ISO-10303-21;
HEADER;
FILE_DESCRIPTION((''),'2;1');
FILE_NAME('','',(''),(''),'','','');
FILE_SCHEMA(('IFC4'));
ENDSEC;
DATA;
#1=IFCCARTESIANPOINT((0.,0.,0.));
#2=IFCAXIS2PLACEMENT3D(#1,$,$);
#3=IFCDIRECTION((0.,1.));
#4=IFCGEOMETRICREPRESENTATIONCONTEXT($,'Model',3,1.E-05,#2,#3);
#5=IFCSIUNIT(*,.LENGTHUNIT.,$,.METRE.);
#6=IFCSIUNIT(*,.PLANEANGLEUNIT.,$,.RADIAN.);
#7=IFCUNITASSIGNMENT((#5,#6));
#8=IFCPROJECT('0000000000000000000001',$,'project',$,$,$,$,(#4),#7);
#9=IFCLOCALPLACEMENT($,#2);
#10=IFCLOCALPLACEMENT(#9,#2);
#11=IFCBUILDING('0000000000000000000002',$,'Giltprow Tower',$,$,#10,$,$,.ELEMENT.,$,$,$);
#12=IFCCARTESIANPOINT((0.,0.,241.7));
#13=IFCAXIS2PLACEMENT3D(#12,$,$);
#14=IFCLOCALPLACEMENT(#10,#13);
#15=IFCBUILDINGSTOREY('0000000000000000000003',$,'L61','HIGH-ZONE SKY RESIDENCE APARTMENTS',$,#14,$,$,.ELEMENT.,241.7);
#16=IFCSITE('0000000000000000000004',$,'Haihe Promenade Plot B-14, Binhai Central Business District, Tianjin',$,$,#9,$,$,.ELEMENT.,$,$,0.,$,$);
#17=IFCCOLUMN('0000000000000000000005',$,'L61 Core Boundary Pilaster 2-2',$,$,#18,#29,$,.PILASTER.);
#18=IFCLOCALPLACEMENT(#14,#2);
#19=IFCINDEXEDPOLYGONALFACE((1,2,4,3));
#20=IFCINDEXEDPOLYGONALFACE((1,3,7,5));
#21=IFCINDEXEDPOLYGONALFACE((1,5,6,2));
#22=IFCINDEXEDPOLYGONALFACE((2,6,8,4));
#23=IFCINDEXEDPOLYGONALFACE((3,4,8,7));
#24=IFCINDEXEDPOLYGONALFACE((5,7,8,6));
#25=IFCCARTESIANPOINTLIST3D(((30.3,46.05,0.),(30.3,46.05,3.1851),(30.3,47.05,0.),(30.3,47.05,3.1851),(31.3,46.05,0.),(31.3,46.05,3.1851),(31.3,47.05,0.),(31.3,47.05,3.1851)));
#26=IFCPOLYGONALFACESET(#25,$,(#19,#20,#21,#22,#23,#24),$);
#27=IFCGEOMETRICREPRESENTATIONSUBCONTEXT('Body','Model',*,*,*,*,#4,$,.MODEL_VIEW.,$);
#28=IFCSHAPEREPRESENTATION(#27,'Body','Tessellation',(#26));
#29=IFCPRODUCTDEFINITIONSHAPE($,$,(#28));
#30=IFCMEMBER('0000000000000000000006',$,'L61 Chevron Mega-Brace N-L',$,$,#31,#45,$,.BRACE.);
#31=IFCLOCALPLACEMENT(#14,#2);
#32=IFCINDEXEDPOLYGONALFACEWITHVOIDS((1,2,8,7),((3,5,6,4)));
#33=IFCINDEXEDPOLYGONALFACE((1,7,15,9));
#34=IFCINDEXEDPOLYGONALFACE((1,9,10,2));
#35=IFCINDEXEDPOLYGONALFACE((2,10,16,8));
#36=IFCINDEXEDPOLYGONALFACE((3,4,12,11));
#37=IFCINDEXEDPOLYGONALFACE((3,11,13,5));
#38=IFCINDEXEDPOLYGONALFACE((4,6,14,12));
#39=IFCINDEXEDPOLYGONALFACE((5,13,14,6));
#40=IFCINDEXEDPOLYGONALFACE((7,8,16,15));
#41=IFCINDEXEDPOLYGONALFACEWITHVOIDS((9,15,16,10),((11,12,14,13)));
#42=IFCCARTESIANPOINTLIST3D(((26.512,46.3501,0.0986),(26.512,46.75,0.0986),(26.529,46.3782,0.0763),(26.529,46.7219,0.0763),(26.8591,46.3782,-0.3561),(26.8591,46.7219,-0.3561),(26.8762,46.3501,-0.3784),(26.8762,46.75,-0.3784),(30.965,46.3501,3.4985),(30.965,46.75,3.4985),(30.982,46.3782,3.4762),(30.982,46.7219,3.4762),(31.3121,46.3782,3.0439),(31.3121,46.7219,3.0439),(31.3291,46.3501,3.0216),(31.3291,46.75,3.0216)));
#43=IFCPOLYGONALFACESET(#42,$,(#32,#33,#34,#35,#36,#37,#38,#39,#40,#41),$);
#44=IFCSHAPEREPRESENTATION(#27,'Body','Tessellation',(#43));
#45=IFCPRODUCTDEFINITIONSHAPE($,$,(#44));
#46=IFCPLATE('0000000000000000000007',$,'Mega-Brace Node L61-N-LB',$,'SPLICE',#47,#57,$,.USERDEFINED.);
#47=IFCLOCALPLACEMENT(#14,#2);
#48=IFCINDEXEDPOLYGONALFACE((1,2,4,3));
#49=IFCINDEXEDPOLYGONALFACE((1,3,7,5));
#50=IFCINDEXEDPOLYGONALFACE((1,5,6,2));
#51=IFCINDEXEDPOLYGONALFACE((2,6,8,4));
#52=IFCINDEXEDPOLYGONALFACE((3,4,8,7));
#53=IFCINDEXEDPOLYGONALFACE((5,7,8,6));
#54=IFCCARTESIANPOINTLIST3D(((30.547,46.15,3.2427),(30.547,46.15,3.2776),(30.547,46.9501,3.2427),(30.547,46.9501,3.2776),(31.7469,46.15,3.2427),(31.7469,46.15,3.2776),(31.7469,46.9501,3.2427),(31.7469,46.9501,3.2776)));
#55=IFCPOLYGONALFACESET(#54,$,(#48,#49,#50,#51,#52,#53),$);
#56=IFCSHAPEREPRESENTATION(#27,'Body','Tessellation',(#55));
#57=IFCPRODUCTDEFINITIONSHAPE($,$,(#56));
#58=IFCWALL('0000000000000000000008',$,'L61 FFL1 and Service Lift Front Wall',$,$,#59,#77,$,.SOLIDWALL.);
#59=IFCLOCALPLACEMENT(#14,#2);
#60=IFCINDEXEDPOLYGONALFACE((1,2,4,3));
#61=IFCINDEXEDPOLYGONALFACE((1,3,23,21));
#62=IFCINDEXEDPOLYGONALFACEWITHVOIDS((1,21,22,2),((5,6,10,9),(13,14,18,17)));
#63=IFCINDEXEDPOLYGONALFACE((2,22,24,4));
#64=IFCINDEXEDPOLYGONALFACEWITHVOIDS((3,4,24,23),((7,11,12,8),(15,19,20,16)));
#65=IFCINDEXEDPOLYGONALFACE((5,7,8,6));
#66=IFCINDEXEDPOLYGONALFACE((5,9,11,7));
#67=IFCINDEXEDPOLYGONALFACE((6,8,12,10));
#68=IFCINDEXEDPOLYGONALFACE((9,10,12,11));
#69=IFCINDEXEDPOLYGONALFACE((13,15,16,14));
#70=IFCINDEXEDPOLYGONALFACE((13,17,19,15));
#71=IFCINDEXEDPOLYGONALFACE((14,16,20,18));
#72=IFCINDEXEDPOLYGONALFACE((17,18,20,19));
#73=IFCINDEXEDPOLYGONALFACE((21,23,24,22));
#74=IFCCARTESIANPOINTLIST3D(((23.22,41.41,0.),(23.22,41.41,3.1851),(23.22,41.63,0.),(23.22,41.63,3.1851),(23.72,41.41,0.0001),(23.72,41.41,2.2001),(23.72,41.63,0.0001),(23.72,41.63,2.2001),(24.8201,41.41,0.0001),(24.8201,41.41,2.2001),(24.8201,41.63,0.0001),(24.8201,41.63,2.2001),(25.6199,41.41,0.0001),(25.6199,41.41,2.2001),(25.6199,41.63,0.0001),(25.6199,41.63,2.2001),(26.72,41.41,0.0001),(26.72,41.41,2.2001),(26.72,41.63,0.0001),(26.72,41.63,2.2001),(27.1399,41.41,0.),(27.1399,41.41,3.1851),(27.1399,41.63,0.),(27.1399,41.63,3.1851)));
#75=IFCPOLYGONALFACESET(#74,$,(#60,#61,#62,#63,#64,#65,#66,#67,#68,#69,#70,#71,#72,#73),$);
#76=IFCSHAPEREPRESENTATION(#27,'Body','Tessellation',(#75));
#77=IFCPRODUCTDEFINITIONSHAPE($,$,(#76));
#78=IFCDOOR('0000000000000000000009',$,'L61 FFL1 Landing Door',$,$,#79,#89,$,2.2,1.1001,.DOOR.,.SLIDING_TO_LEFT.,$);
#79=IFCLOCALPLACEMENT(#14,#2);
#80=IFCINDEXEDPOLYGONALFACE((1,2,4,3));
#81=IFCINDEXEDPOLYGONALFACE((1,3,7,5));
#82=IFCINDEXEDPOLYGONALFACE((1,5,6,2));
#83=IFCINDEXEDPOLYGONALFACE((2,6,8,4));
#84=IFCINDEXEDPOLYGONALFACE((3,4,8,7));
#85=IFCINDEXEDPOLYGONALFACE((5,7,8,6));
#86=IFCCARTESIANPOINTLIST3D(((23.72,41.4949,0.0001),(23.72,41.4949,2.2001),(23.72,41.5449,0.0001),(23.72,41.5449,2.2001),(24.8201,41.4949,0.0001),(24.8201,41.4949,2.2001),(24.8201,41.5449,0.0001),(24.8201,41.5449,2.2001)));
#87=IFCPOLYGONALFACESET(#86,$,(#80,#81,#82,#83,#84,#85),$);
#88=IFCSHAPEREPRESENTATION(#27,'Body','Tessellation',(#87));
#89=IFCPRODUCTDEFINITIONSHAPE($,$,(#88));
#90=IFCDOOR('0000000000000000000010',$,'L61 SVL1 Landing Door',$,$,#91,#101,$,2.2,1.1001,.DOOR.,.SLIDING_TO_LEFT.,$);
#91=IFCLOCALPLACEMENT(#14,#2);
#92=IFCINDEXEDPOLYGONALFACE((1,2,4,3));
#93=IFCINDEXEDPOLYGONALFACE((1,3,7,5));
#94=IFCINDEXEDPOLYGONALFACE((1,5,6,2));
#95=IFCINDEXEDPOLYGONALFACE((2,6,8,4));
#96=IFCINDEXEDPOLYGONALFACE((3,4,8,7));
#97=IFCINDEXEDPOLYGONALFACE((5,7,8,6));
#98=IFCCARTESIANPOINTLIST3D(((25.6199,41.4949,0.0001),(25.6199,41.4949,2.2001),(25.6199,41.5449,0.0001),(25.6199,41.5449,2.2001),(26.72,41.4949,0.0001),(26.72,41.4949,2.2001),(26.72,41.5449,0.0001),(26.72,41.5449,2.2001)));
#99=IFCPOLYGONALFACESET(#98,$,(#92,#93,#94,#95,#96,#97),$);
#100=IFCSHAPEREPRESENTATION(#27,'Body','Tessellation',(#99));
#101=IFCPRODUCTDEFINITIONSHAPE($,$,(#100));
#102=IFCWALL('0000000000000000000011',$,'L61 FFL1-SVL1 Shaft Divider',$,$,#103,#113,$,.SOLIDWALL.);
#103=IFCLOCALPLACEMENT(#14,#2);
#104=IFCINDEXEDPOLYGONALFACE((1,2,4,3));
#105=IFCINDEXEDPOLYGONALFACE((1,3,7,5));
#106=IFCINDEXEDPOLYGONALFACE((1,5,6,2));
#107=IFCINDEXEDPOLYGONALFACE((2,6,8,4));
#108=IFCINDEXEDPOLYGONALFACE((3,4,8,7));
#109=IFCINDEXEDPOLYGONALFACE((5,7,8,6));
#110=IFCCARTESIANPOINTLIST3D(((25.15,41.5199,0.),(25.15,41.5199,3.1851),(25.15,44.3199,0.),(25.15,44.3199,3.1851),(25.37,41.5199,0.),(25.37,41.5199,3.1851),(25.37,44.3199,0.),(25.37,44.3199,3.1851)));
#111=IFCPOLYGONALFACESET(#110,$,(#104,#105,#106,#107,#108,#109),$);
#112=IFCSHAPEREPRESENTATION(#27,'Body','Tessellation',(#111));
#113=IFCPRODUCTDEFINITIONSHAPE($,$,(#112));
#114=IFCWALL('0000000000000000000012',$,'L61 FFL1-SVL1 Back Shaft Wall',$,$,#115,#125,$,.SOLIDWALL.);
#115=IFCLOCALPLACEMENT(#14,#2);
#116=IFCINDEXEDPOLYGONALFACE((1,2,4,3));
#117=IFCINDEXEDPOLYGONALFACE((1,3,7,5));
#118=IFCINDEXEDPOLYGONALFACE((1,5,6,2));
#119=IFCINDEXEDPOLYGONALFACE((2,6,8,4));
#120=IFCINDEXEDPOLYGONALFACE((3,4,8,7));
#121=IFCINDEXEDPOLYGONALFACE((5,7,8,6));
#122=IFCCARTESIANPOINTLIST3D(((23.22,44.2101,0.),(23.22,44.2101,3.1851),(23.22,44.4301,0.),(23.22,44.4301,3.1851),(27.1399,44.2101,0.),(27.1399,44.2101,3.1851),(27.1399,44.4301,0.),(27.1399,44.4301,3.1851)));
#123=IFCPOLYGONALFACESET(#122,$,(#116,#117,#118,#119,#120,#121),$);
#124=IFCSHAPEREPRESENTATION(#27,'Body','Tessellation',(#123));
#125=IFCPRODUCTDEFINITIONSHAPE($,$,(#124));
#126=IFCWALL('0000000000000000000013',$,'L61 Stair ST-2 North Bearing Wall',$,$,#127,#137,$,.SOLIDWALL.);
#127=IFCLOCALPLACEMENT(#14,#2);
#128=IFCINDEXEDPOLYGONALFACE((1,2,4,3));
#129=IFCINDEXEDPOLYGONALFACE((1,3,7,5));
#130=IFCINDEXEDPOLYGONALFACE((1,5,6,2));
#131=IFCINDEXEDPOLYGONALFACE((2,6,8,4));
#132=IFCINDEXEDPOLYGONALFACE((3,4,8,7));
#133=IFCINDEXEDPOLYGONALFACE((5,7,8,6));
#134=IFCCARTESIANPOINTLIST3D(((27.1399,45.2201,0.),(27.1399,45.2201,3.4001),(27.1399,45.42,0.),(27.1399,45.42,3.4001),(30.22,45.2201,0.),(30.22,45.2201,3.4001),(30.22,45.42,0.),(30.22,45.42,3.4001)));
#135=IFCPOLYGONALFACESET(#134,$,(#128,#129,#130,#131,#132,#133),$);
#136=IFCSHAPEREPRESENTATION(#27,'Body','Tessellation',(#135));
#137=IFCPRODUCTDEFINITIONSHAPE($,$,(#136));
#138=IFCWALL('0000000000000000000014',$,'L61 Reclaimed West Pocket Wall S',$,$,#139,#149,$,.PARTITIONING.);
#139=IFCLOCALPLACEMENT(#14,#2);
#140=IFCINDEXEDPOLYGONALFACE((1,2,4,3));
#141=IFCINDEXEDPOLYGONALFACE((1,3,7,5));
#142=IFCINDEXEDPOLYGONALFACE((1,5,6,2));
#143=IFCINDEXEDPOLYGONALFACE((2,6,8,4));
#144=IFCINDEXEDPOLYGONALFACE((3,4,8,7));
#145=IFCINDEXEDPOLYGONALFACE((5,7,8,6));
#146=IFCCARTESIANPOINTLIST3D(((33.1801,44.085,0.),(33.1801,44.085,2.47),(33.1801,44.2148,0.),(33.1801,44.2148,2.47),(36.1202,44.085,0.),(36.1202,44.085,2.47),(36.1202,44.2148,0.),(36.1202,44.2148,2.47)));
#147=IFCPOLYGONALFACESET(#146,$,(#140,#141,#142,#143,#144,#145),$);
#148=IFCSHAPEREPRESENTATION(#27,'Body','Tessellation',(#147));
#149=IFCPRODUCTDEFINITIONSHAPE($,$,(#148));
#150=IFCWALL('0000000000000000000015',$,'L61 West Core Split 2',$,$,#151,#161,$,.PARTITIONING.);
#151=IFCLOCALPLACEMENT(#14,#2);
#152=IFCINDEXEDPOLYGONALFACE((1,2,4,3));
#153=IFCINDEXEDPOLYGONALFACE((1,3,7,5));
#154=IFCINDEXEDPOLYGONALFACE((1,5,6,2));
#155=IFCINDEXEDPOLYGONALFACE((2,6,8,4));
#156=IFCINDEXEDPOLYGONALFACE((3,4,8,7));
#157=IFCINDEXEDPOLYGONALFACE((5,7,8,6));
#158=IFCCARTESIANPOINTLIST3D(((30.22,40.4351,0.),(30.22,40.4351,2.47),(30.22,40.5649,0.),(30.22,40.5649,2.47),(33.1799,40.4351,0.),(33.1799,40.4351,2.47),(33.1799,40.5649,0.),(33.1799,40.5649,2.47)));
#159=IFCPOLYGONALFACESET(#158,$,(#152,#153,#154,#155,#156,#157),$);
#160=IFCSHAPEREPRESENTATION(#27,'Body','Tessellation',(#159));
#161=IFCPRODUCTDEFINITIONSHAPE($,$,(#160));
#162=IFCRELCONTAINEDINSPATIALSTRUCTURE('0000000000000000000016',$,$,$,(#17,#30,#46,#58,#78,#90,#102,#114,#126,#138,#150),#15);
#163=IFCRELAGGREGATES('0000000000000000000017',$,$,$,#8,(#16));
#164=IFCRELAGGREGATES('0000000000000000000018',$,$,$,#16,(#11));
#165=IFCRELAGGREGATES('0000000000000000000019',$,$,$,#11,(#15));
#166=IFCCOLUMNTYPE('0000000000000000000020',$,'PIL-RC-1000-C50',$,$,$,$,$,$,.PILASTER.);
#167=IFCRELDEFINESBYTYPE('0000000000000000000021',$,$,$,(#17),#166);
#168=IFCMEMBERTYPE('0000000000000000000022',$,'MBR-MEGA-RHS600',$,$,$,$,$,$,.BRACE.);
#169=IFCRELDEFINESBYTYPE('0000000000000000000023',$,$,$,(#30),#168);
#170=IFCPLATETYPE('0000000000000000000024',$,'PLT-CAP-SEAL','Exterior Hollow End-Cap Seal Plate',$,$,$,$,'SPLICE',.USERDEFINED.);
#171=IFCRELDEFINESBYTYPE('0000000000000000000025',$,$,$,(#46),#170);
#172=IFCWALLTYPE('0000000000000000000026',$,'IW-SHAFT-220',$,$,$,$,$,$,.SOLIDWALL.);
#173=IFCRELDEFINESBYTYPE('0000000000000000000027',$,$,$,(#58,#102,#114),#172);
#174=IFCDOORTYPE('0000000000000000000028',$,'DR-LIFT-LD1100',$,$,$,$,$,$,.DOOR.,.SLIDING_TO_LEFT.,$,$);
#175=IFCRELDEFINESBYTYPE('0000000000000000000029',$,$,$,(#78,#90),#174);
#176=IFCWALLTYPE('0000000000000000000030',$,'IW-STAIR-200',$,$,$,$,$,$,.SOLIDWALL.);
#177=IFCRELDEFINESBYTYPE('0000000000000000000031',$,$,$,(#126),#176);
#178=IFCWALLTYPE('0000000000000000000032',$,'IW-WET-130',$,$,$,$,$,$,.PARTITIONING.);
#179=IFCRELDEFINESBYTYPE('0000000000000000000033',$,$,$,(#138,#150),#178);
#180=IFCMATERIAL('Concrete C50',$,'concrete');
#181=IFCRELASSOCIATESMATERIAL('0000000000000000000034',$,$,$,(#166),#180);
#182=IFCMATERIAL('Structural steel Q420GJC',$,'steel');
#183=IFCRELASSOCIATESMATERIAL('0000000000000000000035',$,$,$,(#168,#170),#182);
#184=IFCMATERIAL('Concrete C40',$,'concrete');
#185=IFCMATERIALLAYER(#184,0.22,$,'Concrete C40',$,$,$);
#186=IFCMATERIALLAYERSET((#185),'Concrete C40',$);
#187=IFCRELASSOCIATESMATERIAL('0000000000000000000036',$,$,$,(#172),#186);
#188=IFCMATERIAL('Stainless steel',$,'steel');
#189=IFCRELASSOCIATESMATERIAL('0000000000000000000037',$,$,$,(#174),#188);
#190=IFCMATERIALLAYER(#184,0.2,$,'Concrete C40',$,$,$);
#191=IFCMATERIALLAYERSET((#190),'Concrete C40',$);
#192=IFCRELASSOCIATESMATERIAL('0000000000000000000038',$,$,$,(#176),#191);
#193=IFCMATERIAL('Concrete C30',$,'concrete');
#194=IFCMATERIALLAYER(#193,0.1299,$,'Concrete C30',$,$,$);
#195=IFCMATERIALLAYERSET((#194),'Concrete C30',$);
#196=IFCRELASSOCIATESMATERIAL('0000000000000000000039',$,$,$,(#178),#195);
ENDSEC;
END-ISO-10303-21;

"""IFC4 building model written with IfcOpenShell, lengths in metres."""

from ifc_helpers import new_model, si_unit, direction, frame, frame_2d, origin, origin_2d, place, context, subcontext, project, spatial, rectangle, hollow_rectangle, extrude, source, transform, mapped, material, layer, layer_set, material_profile, profile_set, type_object, element, fill, save


model = new_model("IFC4")

# Units and contexts
model_context = context("Model", 3, precision=1e-05, world=origin(), true_north=direction((0.0, 1.0)))
body_context = subcontext(model_context, "Body", "Model", "MODEL_VIEW")
ifc_project = project(units=[si_unit("LENGTHUNIT", "METRE"), si_unit("PLANEANGLEUNIT", "RADIAN")], contexts=[model_context])

# Site, building, storey
site_placement = place(None, origin())
site = spatial("IfcSite", under=ifc_project, at=site_placement, Name="Haihe Promenade Plot B-14, Binhai Central Business District, Tianjin", CompositionType="ELEMENT", RefElevation=0.0)
building_placement = place(site_placement, origin())
building = spatial("IfcBuilding", under=site, at=building_placement, Name="Giltprow Tower", CompositionType="ELEMENT")
storey_placement = place(building_placement, frame((0.0, 0.0, 241.7)))
storey = spatial("IfcBuildingStorey", under=building, at=storey_placement, Name="L61", Description="HIGH-ZONE SKY RESIDENCE APARTMENTS", CompositionType="ELEMENT", Elevation=241.7)

# Column
ifc_material_1 = material(Name="Concrete C50", Category="concrete")
ifc_material_profile_1 = material_profile(ifc_material_1, rectangle(XDim=1.0, YDim=1.0, at=origin_2d()), Name="RC 1000x1000")
ifc_profile_set_1 = profile_set([ifc_material_profile_1], Name="Concrete C50")
column_type = type_object("IfcColumnType", Name="PIL-RC-1000-C50", PredefinedType="PILASTER", material=ifc_profile_set_1)
shared_shape_1 = source(origin(), body_context, "Body", "SweptSolid", [
    extrude(rectangle(XDim=1.0, YDim=1.0, at=origin_2d()), origin(), (0.0, 0.0, 1.0), 3.1851),
])
column_placement = place(storey_placement, frame((30.8, 46.55, 0.0), z_axis=(0.0, 0.0, 1.0), x_axis=(1.0, 0.0, 0.0)))
element("IfcColumn", 1, at=column_placement, inside=storey, type_object=column_type, Name="L61 Core Boundary Pilaster 2-2", PredefinedType="PILASTER", context=body_context, shape_type="MappedRepresentation", body=[
    mapped(shared_shape_1, transform((0.0, 0.0, 0.0), x_axis=(1.0, 0.0, 0.0), y_axis=(0.0, 1.0, 0.0), z_axis=(0.0, 0.0, 1.0), scale=1.0)),
])

# Member
ifc_material_2 = material(Name="Structural steel Q420GJC", Category="steel")
ifc_material_profile_2 = material_profile(ifc_material_2, hollow_rectangle(XDim=0.3999, YDim=0.6001, WallThickness=0.0281, at=origin_2d()), Name="RHS 600x400x28")
ifc_profile_set_2 = profile_set([ifc_material_profile_2], Name="Structural steel Q420GJC")
member_type = type_object("IfcMemberType", Name="MBR-MEGA-RHS600", PredefinedType="BRACE", material=ifc_profile_set_2)
shared_shape_2 = source(origin(), body_context, "Body", "SweptSolid", [
    extrude(hollow_rectangle(XDim=0.3999, YDim=0.6001, WallThickness=0.0281, at=origin_2d()), origin(), (0.0, 0.0, 1.0), 5.6025),
])
member_placement = place(storey_placement, frame((26.6941, 46.55, -0.1399), z_axis=(0.794809, 0.0, 0.60686), x_axis=(0.0, 1.0, 0.0)))
element("IfcMember", 2, at=member_placement, inside=storey, type_object=member_type, Name="L61 Chevron Mega-Brace N-L", PredefinedType="BRACE", context=body_context, shape_type="MappedRepresentation", body=[
    mapped(shared_shape_2, transform((0.0, 0.0, 0.0), x_axis=(1.0, 0.0, 0.0), y_axis=(0.0, 1.0, 0.0), z_axis=(0.0, 0.0, 1.0), scale=1.0)),
])

# Plate
plate_type = type_object("IfcPlateType", Name="PLT-CAP-SEAL", Description="Exterior Hollow End-Cap Seal Plate", ElementType="SPLICE", PredefinedType="USERDEFINED", material=ifc_material_2)
shared_shape_3 = source(origin(), body_context, "Body", "SweptSolid", [
    extrude(rectangle(XDim=1.2, YDim=0.8, at=origin_2d()), origin(), (0.0, 0.0, 1.0), 0.0349),
])
plate_placement = place(storey_placement, frame((31.147, 46.55, 3.2427), z_axis=(0.0, 0.0, 1.0), x_axis=(1.0, 0.0, 0.0)))
element("IfcPlate", 3, at=plate_placement, inside=storey, type_object=plate_type, Name="Mega-Brace Node L61-N-LB", ObjectType="SPLICE", PredefinedType="USERDEFINED", context=body_context, shape_type="MappedRepresentation", body=[
    mapped(shared_shape_3, transform((0.0, 0.0, 0.0), x_axis=(1.0, 0.0, 0.0), y_axis=(0.0, 1.0, 0.0), z_axis=(0.0, 0.0, 1.0), scale=1.0)),
])

# Wall, openings, doors
ifc_material_3 = material(Name="Concrete C40", Category="concrete")
ifc_layer_1 = layer(ifc_material_3, 0.22, Name="Concrete C40")
ifc_layer_set_1 = layer_set([ifc_layer_1], Name="Concrete C40")
wall_type_1 = type_object("IfcWallType", Name="IW-SHAFT-220", PredefinedType="SOLIDWALL", material=ifc_layer_set_1)
wall_1_placement = place(storey_placement, frame((23.22, 41.52, 0.0), z_axis=(0.0, 0.0, 1.0), x_axis=(1.0, 0.0, 0.0)))
wall_1 = element("IfcWall", 4, at=wall_1_placement, inside=storey, type_object=wall_type_1, Name="L61 FFL1 and Service Lift Front Wall", PredefinedType="SOLIDWALL", context=body_context, shape_type="SweptSolid", body=[
    extrude(rectangle(XDim=3.9199, YDim=0.22, at=frame_2d((1.96, 0.0))), origin(), (0.0, 0.0, 1.0), 3.1851),
])
opening_1_placement = place(wall_1_placement, frame((0.5, 0.0, 0.0)))
opening_1 = element("IfcOpeningElement", 5, at=opening_1_placement, cuts=wall_1, PredefinedType="OPENING", context=body_context, shape_type="SweptSolid", body=[
    extrude(rectangle(XDim=1.1001, YDim=2.2, at=frame_2d((0.55, 1.1001))), frame((0.0, 0.1199, 0.0), z_axis=(0.0, -1.0, 0.0), x_axis=(1.0, 0.0, 0.0)), (0.0, 0.0, 1.0), 0.24),
])
opening_2_placement = place(wall_1_placement, frame((2.3999, 0.0, 0.0)))
opening_2 = element("IfcOpeningElement", 6, at=opening_2_placement, cuts=wall_1, PredefinedType="OPENING", context=body_context, shape_type="SweptSolid", body=[
    extrude(rectangle(XDim=1.1001, YDim=2.2, at=frame_2d((0.55, 1.1001))), frame((0.0, 0.1199, 0.0), z_axis=(0.0, -1.0, 0.0), x_axis=(1.0, 0.0, 0.0)), (0.0, 0.0, 1.0), 0.24),
])
ifc_material_4 = material(Name="Stainless steel", Category="steel")
door_type = type_object("IfcDoorType", Name="DR-LIFT-LD1100", OperationType="SLIDING_TO_LEFT", PredefinedType="DOOR", material=ifc_material_4)
shared_shape_4 = source(origin(), body_context, "Body", "SweptSolid", [
    extrude(rectangle(XDim=1.1001, YDim=2.2, at=frame_2d((0.55, 1.1001))), frame((0.0, 0.0249, 0.0), z_axis=(0.0, -1.0, 0.0), x_axis=(1.0, 0.0, 0.0)), (0.0, 0.0, 1.0), 0.05),
])
door_1_placement = place(opening_1_placement, origin())
door_1 = element("IfcDoor", 7, at=door_1_placement, inside=storey, type_object=door_type, Name="L61 FFL1 Landing Door", OperationType="SLIDING_TO_LEFT", OverallHeight=2.2, OverallWidth=1.1001, PredefinedType="DOOR", context=body_context, shape_type="MappedRepresentation", body=[
    mapped(shared_shape_4, transform((0.0, 0.0, 0.0), x_axis=(1.0, 0.0, 0.0), y_axis=(0.0, 1.0, 0.0), z_axis=(0.0, 0.0, 1.0), scale=1.0)),
])
fill(opening_1, door_1)
door_2_placement = place(opening_2_placement, origin())
door_2 = element("IfcDoor", 8, at=door_2_placement, inside=storey, type_object=door_type, Name="L61 SVL1 Landing Door", OperationType="SLIDING_TO_LEFT", OverallHeight=2.2, OverallWidth=1.1001, PredefinedType="DOOR", context=body_context, shape_type="MappedRepresentation", body=[
    mapped(shared_shape_4, transform((0.0, 0.0, 0.0), x_axis=(1.0, 0.0, 0.0), y_axis=(0.0, 1.0, 0.0), z_axis=(0.0, 0.0, 1.0), scale=1.0)),
])
fill(opening_2, door_2)

# Walls
wall_2_placement = place(storey_placement, frame((25.26, 41.52, 0.0), z_axis=(0.0, 0.0, 1.0), x_axis=(0.0, 1.0, 0.0)))
element("IfcWall", 9, at=wall_2_placement, inside=storey, type_object=wall_type_1, Name="L61 FFL1-SVL1 Shaft Divider", PredefinedType="SOLIDWALL", context=body_context, shape_type="SweptSolid", body=[
    extrude(rectangle(XDim=2.8, YDim=0.22, at=frame_2d((1.3999, 0.0))), origin(), (0.0, 0.0, 1.0), 3.1851),
])
wall_3_placement = place(storey_placement, frame((23.22, 44.3201, 0.0), z_axis=(0.0, 0.0, 1.0), x_axis=(1.0, 0.0, 0.0)))
element("IfcWall", 10, at=wall_3_placement, inside=storey, type_object=wall_type_1, Name="L61 FFL1-SVL1 Back Shaft Wall", PredefinedType="SOLIDWALL", context=body_context, shape_type="SweptSolid", body=[
    extrude(rectangle(XDim=3.9199, YDim=0.22, at=frame_2d((1.96, 0.0))), origin(), (0.0, 0.0, 1.0), 3.1851),
])
ifc_layer_2 = layer(ifc_material_3, 0.2, Name="Concrete C40")
ifc_layer_set_2 = layer_set([ifc_layer_2], Name="Concrete C40")
wall_type_2 = type_object("IfcWallType", Name="IW-STAIR-200", PredefinedType="SOLIDWALL", material=ifc_layer_set_2)
wall_4_placement = place(storey_placement, frame((27.1399, 45.3201, 0.0), z_axis=(0.0, 0.0, 1.0), x_axis=(1.0, 0.0, 0.0)))
element("IfcWall", 11, at=wall_4_placement, inside=storey, type_object=wall_type_2, Name="L61 Stair ST-2 North Bearing Wall", PredefinedType="SOLIDWALL", context=body_context, shape_type="SweptSolid", body=[
    extrude(rectangle(XDim=3.0801, YDim=0.2, at=frame_2d((1.54, 0.0))), origin(), (0.0, 0.0, 1.0), 3.4001),
])
ifc_material_5 = material(Name="Concrete C30", Category="concrete")
ifc_layer_3 = layer(ifc_material_5, 0.1299, Name="Concrete C30")
ifc_layer_set_3 = layer_set([ifc_layer_3], Name="Concrete C30")
wall_type_3 = type_object("IfcWallType", Name="IW-WET-130", PredefinedType="PARTITIONING", material=ifc_layer_set_3)
wall_5_placement = place(storey_placement, frame((33.1799, 44.1499, 0.0), z_axis=(0.0, 0.0, 1.0), x_axis=(1.0, 0.0, 0.0)))
element("IfcWall", 12, at=wall_5_placement, inside=storey, type_object=wall_type_3, Name="L61 Reclaimed West Pocket Wall S", PredefinedType="PARTITIONING", context=body_context, shape_type="SweptSolid", body=[
    extrude(rectangle(XDim=2.9402, YDim=0.1299, at=frame_2d((1.4702, 0.0))), origin(), (0.0, 0.0, 1.0), 2.47),
])
wall_6_placement = place(storey_placement, frame((30.22, 40.5, 0.0), z_axis=(0.0, 0.0, 1.0), x_axis=(1.0, 0.0, 0.0)))
element("IfcWall", 13, at=wall_6_placement, inside=storey, type_object=wall_type_3, Name="L61 West Core Split 2", PredefinedType="PARTITIONING", context=body_context, shape_type="SweptSolid", body=[
    extrude(rectangle(XDim=2.96, YDim=0.1299, at=frame_2d((1.48, 0.0))), origin(), (0.0, 0.0, 1.0), 2.47),
])

save(model, "model.ifc")
